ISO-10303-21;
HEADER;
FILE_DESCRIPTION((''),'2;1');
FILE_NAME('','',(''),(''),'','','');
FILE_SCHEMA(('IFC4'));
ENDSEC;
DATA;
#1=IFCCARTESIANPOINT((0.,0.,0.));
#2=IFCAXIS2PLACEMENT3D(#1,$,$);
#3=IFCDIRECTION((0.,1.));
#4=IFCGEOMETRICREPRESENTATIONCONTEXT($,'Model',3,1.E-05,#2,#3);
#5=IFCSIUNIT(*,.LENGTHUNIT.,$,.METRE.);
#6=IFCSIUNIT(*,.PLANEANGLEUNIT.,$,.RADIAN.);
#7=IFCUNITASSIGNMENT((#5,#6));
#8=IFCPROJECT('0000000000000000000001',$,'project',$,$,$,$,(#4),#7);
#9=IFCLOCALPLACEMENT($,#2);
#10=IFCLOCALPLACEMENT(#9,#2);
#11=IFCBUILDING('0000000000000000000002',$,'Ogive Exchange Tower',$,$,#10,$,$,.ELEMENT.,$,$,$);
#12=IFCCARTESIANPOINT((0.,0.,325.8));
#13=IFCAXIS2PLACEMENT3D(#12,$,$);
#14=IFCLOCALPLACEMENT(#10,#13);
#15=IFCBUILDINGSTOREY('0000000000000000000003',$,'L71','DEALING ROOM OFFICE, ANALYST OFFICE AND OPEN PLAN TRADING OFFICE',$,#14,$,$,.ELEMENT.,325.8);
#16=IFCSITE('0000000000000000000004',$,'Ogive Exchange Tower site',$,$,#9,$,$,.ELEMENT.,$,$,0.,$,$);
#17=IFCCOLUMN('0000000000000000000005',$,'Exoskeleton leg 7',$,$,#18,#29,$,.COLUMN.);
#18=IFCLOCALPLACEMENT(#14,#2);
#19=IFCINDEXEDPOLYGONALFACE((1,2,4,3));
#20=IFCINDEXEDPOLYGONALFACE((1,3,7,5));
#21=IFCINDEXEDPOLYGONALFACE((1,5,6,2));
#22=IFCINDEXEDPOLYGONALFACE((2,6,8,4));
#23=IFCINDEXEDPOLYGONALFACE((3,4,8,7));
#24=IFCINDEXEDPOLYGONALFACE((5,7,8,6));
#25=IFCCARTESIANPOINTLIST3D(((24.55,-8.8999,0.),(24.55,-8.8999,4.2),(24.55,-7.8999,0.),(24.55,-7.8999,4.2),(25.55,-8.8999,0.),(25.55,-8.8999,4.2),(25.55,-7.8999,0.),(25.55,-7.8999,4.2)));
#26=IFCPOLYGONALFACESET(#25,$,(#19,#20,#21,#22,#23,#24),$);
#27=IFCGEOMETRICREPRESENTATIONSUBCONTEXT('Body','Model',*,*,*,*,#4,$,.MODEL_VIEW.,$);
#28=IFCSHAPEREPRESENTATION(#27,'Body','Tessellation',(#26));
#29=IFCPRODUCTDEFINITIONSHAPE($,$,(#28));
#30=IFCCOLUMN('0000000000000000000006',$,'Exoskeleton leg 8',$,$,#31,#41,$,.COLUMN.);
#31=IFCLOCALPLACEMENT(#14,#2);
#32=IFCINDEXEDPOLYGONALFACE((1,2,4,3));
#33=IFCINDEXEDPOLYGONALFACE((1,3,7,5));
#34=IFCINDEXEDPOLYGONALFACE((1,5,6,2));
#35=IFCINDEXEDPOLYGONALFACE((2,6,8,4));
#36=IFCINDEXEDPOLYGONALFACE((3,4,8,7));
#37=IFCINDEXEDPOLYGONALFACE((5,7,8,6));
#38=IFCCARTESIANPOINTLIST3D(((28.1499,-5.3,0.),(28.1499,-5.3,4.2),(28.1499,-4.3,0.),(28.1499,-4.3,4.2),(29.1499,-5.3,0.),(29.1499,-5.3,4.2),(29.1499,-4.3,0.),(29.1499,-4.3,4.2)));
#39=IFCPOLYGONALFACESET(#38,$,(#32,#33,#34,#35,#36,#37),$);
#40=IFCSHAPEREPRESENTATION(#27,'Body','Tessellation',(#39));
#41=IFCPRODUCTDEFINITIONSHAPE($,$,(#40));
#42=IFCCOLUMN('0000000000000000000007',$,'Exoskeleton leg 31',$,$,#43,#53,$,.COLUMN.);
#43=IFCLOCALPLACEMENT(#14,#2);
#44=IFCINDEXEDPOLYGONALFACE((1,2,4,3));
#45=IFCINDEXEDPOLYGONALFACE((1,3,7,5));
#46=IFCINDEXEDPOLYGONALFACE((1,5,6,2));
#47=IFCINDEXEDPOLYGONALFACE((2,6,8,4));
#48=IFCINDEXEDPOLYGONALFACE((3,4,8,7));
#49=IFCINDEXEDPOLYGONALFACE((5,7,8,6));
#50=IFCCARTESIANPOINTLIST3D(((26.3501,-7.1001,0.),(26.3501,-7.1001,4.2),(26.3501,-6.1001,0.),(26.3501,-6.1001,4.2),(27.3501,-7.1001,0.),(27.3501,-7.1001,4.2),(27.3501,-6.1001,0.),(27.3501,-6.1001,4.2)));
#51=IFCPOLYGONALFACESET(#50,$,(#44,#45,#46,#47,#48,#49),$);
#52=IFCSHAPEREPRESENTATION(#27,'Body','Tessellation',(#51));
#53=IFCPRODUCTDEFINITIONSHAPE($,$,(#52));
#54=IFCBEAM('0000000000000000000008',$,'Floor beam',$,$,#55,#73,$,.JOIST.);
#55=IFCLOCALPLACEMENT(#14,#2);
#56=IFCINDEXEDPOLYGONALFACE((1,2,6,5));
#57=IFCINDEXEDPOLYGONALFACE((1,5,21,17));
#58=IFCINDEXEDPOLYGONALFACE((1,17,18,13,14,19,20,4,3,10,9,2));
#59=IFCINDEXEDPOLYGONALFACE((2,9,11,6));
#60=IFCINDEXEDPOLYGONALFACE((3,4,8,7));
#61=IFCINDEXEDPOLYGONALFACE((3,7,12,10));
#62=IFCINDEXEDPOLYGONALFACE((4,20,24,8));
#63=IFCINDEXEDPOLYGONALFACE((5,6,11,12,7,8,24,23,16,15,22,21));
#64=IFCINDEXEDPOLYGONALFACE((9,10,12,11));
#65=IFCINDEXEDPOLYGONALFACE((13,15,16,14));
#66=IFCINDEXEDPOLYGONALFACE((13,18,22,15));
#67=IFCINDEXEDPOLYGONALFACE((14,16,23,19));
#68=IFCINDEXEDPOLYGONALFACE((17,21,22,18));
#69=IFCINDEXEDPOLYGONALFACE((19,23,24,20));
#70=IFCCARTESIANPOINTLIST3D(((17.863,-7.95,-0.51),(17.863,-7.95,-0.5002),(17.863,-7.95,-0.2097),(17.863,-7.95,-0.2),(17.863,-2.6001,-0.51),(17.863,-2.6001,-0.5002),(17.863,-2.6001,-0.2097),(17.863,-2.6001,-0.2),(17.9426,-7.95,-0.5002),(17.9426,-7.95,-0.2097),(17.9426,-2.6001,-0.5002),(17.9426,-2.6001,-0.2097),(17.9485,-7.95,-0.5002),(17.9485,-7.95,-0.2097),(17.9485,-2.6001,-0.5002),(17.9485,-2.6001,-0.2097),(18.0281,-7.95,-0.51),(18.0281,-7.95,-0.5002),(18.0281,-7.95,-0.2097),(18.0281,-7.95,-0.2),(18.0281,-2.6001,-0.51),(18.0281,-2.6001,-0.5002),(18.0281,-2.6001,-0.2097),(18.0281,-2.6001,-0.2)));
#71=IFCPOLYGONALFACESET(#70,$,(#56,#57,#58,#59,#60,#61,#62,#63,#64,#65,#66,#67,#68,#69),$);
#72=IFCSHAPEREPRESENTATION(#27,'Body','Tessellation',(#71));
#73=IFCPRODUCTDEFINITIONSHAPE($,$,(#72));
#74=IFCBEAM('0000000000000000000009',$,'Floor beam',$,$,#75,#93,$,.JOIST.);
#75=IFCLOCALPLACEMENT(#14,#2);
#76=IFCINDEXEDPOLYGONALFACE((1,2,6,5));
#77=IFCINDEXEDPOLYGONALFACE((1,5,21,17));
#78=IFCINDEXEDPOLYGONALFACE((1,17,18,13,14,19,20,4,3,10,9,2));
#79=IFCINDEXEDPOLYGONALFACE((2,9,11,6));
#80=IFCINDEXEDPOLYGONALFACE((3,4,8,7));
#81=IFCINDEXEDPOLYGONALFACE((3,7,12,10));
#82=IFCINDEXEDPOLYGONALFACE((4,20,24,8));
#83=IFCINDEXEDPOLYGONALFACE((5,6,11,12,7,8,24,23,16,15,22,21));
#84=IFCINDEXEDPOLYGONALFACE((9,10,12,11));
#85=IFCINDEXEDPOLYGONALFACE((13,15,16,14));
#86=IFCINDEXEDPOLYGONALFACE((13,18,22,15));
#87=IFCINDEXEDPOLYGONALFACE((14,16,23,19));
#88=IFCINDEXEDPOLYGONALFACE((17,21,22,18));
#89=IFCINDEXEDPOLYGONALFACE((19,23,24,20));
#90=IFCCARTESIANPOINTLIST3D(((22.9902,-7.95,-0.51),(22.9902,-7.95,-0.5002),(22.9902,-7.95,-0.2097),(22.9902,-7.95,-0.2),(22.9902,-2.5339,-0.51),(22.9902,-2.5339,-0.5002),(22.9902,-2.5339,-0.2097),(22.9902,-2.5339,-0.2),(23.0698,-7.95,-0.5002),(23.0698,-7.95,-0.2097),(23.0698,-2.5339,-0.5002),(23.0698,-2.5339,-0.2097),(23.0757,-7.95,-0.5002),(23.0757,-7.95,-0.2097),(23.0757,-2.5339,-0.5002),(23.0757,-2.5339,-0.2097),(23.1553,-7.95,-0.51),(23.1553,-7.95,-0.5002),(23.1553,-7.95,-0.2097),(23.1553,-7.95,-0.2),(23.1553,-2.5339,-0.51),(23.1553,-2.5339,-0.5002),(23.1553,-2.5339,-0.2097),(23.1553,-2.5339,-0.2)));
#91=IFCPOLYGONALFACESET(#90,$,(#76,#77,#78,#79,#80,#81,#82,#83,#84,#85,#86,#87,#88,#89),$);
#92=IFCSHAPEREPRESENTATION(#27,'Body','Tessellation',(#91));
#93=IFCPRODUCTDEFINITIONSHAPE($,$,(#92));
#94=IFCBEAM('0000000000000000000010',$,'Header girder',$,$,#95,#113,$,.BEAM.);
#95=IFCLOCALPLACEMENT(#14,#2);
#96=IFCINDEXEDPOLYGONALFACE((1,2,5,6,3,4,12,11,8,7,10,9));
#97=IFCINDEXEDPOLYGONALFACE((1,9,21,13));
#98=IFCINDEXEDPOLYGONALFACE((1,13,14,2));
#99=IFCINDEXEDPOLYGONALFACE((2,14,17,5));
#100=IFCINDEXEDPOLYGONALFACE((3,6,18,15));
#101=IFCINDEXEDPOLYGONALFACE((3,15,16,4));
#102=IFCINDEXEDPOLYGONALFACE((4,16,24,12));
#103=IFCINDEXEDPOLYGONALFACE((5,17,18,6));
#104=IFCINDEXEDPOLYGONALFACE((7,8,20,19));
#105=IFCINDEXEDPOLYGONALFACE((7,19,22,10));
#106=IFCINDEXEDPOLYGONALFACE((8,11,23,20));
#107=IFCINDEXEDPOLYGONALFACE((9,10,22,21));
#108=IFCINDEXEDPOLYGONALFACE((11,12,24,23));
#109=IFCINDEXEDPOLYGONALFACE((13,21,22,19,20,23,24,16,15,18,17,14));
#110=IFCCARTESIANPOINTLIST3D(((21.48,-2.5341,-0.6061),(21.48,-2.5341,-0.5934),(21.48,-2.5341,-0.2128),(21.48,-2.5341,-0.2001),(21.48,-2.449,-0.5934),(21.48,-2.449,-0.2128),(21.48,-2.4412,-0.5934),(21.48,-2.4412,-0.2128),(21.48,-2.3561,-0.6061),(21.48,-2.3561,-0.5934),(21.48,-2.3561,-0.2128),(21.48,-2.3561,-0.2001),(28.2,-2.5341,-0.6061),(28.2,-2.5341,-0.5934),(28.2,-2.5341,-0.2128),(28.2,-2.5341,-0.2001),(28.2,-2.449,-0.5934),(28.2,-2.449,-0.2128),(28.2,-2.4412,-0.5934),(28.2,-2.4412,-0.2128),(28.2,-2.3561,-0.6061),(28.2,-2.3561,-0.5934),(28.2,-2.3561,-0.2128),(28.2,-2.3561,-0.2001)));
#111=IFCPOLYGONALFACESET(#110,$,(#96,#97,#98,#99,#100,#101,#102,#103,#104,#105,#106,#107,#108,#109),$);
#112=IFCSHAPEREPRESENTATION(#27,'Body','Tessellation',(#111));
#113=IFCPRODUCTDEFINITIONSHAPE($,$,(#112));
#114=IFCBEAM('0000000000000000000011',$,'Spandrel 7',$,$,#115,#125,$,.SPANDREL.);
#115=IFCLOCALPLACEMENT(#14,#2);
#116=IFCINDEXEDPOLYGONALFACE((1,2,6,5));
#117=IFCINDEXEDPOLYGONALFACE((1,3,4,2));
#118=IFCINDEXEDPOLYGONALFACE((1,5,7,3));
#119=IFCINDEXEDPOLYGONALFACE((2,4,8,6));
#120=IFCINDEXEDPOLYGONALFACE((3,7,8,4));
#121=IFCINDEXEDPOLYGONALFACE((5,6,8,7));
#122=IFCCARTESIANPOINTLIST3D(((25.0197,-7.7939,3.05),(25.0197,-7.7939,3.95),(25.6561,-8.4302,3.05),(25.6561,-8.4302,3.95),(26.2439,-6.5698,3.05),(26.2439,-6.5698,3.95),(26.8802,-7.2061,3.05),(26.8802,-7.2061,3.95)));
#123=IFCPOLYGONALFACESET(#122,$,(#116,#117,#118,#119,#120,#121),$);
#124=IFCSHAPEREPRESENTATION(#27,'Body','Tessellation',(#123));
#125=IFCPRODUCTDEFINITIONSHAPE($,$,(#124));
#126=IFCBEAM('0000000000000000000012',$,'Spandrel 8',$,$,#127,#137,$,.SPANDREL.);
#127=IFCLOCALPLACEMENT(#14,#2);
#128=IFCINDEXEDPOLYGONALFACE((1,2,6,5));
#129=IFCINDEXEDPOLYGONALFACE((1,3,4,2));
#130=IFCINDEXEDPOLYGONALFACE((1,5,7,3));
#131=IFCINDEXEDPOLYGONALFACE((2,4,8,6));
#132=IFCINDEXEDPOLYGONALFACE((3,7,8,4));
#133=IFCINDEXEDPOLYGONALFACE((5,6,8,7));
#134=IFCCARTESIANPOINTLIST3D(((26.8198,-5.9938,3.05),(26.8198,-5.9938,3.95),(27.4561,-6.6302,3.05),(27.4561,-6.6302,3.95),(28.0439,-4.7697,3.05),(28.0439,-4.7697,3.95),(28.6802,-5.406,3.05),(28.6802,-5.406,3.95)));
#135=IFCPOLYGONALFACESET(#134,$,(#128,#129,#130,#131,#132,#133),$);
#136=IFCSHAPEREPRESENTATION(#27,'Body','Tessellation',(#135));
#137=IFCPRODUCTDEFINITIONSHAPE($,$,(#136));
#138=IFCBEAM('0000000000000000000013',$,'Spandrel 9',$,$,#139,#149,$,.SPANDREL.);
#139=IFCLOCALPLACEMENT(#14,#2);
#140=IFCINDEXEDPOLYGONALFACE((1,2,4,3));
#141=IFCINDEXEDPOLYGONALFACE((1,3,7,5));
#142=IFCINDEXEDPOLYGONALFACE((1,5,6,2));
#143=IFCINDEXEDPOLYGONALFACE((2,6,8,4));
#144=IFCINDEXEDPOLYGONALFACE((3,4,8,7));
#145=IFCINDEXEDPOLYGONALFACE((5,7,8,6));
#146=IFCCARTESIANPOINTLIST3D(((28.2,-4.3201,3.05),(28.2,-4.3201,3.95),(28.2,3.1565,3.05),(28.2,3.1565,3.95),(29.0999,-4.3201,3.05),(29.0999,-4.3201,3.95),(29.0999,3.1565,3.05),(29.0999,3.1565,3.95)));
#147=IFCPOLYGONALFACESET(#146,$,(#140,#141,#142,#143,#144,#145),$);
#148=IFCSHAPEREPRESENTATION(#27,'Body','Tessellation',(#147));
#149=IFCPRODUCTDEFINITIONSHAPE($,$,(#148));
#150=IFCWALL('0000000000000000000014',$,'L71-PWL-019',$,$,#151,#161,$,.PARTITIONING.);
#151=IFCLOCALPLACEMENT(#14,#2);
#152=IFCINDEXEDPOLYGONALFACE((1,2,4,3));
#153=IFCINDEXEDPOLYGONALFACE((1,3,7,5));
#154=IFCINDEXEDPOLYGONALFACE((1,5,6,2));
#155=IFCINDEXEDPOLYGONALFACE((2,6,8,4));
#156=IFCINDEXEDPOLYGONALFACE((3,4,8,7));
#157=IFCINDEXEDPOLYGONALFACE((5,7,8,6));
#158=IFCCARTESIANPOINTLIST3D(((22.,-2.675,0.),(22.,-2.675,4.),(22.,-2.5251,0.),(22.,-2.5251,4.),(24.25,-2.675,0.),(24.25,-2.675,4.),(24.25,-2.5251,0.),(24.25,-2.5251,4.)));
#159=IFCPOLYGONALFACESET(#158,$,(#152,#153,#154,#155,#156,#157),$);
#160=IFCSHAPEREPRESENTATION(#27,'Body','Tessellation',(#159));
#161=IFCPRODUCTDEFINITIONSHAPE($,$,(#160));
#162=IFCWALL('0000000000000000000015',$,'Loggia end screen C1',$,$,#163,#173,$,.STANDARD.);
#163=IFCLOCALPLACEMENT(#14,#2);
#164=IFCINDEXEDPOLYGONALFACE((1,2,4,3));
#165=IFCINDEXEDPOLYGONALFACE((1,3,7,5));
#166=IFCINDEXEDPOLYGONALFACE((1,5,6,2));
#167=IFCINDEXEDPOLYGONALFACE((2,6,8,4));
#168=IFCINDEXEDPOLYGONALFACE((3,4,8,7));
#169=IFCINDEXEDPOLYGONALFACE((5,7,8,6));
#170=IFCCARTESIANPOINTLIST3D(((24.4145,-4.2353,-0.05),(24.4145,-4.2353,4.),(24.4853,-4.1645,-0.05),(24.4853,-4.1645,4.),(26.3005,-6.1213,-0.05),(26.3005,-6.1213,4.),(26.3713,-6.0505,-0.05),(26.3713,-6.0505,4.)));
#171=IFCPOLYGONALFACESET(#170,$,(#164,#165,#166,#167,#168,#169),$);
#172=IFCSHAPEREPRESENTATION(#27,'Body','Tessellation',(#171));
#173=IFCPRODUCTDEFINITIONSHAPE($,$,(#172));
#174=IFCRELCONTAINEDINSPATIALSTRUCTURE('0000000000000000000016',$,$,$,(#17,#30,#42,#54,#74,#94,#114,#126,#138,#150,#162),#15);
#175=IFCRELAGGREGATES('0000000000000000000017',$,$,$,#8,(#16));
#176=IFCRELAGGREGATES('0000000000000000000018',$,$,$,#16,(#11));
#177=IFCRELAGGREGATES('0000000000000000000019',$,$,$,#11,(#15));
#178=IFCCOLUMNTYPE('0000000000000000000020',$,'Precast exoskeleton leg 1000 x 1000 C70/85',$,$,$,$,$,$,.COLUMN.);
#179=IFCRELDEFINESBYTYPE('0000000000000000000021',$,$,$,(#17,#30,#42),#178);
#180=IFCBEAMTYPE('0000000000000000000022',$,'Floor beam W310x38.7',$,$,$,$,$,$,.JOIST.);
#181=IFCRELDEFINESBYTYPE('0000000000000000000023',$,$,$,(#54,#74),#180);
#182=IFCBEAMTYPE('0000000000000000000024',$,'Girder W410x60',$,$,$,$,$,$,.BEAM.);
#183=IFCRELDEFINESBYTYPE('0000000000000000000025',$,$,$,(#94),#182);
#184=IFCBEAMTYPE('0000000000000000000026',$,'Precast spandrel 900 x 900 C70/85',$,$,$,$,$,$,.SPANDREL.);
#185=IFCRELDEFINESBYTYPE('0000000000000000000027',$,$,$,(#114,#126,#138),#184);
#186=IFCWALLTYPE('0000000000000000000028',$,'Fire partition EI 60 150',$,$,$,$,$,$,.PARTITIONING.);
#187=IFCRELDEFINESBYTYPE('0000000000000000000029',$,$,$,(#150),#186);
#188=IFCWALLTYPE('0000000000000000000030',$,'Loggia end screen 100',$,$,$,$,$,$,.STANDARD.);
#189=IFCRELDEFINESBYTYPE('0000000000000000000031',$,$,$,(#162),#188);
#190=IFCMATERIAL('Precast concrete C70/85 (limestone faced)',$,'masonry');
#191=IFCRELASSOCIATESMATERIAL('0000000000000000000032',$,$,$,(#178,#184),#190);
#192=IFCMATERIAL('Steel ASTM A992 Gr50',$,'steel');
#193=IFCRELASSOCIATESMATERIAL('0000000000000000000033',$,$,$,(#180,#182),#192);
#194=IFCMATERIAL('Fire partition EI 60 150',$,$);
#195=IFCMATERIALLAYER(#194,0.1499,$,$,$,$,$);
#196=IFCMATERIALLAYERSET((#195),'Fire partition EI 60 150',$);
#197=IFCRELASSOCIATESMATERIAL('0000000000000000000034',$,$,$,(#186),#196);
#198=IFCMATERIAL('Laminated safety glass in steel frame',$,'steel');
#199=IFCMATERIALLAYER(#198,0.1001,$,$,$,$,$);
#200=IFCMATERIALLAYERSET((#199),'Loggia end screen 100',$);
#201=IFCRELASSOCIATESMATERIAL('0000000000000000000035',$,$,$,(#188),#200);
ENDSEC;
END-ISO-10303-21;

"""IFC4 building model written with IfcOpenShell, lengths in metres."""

from ifc_helpers import new_model, si_unit, direction, frame, frame_2d, origin, origin_2d, place, context, subcontext, project, spatial, rectangle, i_section, extrude, material, layer, layer_set, material_profile, profile_set, type_object, element, save


model = new_model("IFC4")

# Units and contexts
model_context = context("Model", 3, precision=1e-05, world=origin(), true_north=direction((0.0, 1.0)))
body_context = subcontext(model_context, "Body", "Model", "MODEL_VIEW")
ifc_project = project(units=[si_unit("LENGTHUNIT", "METRE"), si_unit("PLANEANGLEUNIT", "RADIAN")], contexts=[model_context])

# Site, building, storey
site_placement = place(None, origin())
site = spatial("IfcSite", under=ifc_project, at=site_placement, Name="Ogive Exchange Tower site", CompositionType="ELEMENT", RefElevation=0.0)
building_placement = place(site_placement, origin())
building = spatial("IfcBuilding", under=site, at=building_placement, Name="Ogive Exchange Tower", CompositionType="ELEMENT")
storey_placement = place(building_placement, frame((0.0, 0.0, 325.8)))
storey = spatial("IfcBuildingStorey", under=building, at=storey_placement, Name="L71", Description="DEALING ROOM OFFICE, ANALYST OFFICE AND OPEN PLAN TRADING OFFICE", CompositionType="ELEMENT", Elevation=325.8)

# Columns
ifc_material_1 = material(Name="Precast concrete C70/85 (limestone faced)", Category="masonry")
ifc_material_profile_1 = material_profile(ifc_material_1, rectangle(XDim=1.0, YDim=1.0, at=origin_2d()), Name="1000 x 1000")
ifc_profile_set_1 = profile_set([ifc_material_profile_1], Name="Precast concrete C70/85 (limestone faced)")
column_type = type_object("IfcColumnType", Name="Precast exoskeleton leg 1000 x 1000 C70/85", PredefinedType="COLUMN", material=ifc_profile_set_1)
for number, where, z_axis, x_axis, name in (
    (1, (25.05, -8.3999, 0.0), (0.0, 0.0, 1.0), (1.0, 0.0, 0.0), "Exoskeleton leg 7"),
    (2, (28.6499, -4.8, 0.0), (0.0, 0.0, 1.0), (1.0, 0.0, 0.0), "Exoskeleton leg 8"),
    (3, (26.8501, -6.6001, 0.0), (0.0, 0.0, 1.0), (1.0, 0.0, 0.0), "Exoskeleton leg 31"),
):
    element("IfcColumn", number, at=place(storey_placement, frame(where, z_axis=z_axis, x_axis=x_axis)), inside=storey, type_object=column_type, Name=name, PredefinedType="COLUMN", context=body_context, shape_type="SweptSolid", body=[
        extrude(rectangle(XDim=1.0, YDim=1.0, at=origin_2d()), origin(), (0.0, 0.0, 1.0), 4.2),
    ])

# Beams
ifc_material_2 = material(Name="Steel ASTM A992 Gr50", Category="steel")
ifc_material_profile_2 = material_profile(ifc_material_2, i_section(OverallWidth=0.165, OverallDepth=0.3101, WebThickness=0.0059, FlangeThickness=0.0098, at=origin_2d()), Name="W310x38.7")
ifc_profile_set_2 = profile_set([ifc_material_profile_2], Name="Steel ASTM A992 Gr50")
beam_type_1 = type_object("IfcBeamType", Name="Floor beam W310x38.7", PredefinedType="JOIST", material=ifc_profile_set_2)
beam_1_placement = place(storey_placement, frame((17.9456, -7.95, -0.355), z_axis=(0.0, 1.0, 0.0), x_axis=(-1.0, 0.0, 0.0)))
element("IfcBeam", 4, at=beam_1_placement, inside=storey, type_object=beam_type_1, Name="Floor beam", PredefinedType="JOIST", context=body_context, shape_type="SweptSolid", body=[
    extrude(i_section(OverallWidth=0.165, OverallDepth=0.3101, WebThickness=0.0059, FlangeThickness=0.0098, at=origin_2d()), origin(), (0.0, 0.0, 1.0), 5.3499),
])
beam_2_placement = place(storey_placement, frame((23.0728, -7.95, -0.355), z_axis=(0.0, 1.0, 0.0), x_axis=(-1.0, 0.0, 0.0)))
element("IfcBeam", 5, at=beam_2_placement, inside=storey, type_object=beam_type_1, Name="Floor beam", PredefinedType="JOIST", context=body_context, shape_type="SweptSolid", body=[
    extrude(i_section(OverallWidth=0.165, OverallDepth=0.3101, WebThickness=0.0059, FlangeThickness=0.0098, at=origin_2d()), origin(), (0.0, 0.0, 1.0), 5.416),
])
ifc_material_profile_3 = material_profile(ifc_material_2, i_section(OverallWidth=0.178, OverallDepth=0.406, WebThickness=0.0078, FlangeThickness=0.0127, at=origin_2d()), Name="W410x60")
ifc_profile_set_3 = profile_set([ifc_material_profile_3], Name="Steel ASTM A992 Gr50")
beam_type_2 = type_object("IfcBeamType", Name="Girder W410x60", PredefinedType="BEAM", material=ifc_profile_set_3)
beam_3_placement = place(storey_placement, frame((21.48, -2.4451, -0.4031), z_axis=(1.0, 0.0, 0.0), x_axis=(0.0, 1.0, 0.0)))
element("IfcBeam", 6, at=beam_3_placement, inside=storey, type_object=beam_type_2, Name="Header girder", PredefinedType="BEAM", context=body_context, shape_type="SweptSolid", body=[
    extrude(i_section(OverallWidth=0.178, OverallDepth=0.406, WebThickness=0.0078, FlangeThickness=0.0127, at=origin_2d()), origin(), (0.0, 0.0, 1.0), 6.72),
])
ifc_material_profile_4 = material_profile(ifc_material_1, rectangle(XDim=0.8999, YDim=0.8999, at=origin_2d()), Name="900 x 900")
ifc_profile_set_4 = profile_set([ifc_material_profile_4], Name="Precast concrete C70/85 (limestone faced)")
beam_type_3 = type_object("IfcBeamType", Name="Precast spandrel 900 x 900 C70/85", PredefinedType="SPANDREL", material=ifc_profile_set_4)
for number, where, z_axis, x_axis, name in (
    (7, (25.3379, -8.1121, 3.5), (0.707107, 0.707107, 0.0), (-0.707107, 0.707107, 0.0), "Spandrel 7"),
    (8, (27.1379, -6.312, 3.5), (0.707107, 0.707107, 0.0), (-0.707107, 0.707107, 0.0), "Spandrel 8"),
):
    element("IfcBeam", number, at=place(storey_placement, frame(where, z_axis=z_axis, x_axis=x_axis)), inside=storey, type_object=beam_type_3, Name=name, PredefinedType="SPANDREL", context=body_context, shape_type="SweptSolid", body=[
        extrude(rectangle(XDim=0.8999, YDim=0.8999, at=origin_2d()), origin(), (0.0, 0.0, 1.0), 1.7312),
    ])
beam_4_placement = place(storey_placement, frame((28.6499, -4.3201, 3.5), z_axis=(0.0, 1.0, 0.0), x_axis=(-1.0, 0.0, 0.0)))
element("IfcBeam", 9, at=beam_4_placement, inside=storey, type_object=beam_type_3, Name="Spandrel 9", PredefinedType="SPANDREL", context=body_context, shape_type="SweptSolid", body=[
    extrude(rectangle(XDim=0.8999, YDim=0.8999, at=origin_2d()), origin(), (0.0, 0.0, 1.0), 7.4766),
])

# Walls
ifc_material_3 = material(Name="Fire partition EI 60 150")
ifc_layer_1 = layer(ifc_material_3, 0.1499)
ifc_layer_set_1 = layer_set([ifc_layer_1], Name="Fire partition EI 60 150")
wall_type_1 = type_object("IfcWallType", Name="Fire partition EI 60 150", PredefinedType="PARTITIONING", material=ifc_layer_set_1)
wall_1_placement = place(storey_placement, frame((22.0, -2.6001, 0.0), z_axis=(0.0, 0.0, 1.0), x_axis=(1.0, 0.0, 0.0)))
element("IfcWall", 10, at=wall_1_placement, inside=storey, type_object=wall_type_1, Name="L71-PWL-019", PredefinedType="PARTITIONING", context=body_context, shape_type="SweptSolid", body=[
    extrude(rectangle(XDim=2.25, YDim=0.1499, at=frame_2d((1.125, 0.0))), origin(), (0.0, 0.0, 1.0), 4.0),
])
ifc_material_4 = material(Name="Laminated safety glass in steel frame", Category="steel")
ifc_layer_2 = layer(ifc_material_4, 0.1001)
ifc_layer_set_2 = layer_set([ifc_layer_2], Name="Loggia end screen 100")
wall_type_2 = type_object("IfcWallType", Name="Loggia end screen 100", PredefinedType="STANDARD", material=ifc_layer_set_2)
wall_2_placement = place(storey_placement, frame((24.45, -4.2, -0.05), z_axis=(0.0, 0.0, 1.0), x_axis=(0.707107, -0.707107, 0.0)))
element("IfcWall", 11, at=wall_2_placement, inside=storey, type_object=wall_type_2, Name="Loggia end screen C1", PredefinedType="STANDARD", context=body_context, shape_type="SweptSolid", body=[
    extrude(rectangle(XDim=2.6672, YDim=0.1001, at=frame_2d((1.3335, 0.0))), origin(), (0.0, 0.0, 1.0), 4.05),
])

save(model, "model.ifc")
